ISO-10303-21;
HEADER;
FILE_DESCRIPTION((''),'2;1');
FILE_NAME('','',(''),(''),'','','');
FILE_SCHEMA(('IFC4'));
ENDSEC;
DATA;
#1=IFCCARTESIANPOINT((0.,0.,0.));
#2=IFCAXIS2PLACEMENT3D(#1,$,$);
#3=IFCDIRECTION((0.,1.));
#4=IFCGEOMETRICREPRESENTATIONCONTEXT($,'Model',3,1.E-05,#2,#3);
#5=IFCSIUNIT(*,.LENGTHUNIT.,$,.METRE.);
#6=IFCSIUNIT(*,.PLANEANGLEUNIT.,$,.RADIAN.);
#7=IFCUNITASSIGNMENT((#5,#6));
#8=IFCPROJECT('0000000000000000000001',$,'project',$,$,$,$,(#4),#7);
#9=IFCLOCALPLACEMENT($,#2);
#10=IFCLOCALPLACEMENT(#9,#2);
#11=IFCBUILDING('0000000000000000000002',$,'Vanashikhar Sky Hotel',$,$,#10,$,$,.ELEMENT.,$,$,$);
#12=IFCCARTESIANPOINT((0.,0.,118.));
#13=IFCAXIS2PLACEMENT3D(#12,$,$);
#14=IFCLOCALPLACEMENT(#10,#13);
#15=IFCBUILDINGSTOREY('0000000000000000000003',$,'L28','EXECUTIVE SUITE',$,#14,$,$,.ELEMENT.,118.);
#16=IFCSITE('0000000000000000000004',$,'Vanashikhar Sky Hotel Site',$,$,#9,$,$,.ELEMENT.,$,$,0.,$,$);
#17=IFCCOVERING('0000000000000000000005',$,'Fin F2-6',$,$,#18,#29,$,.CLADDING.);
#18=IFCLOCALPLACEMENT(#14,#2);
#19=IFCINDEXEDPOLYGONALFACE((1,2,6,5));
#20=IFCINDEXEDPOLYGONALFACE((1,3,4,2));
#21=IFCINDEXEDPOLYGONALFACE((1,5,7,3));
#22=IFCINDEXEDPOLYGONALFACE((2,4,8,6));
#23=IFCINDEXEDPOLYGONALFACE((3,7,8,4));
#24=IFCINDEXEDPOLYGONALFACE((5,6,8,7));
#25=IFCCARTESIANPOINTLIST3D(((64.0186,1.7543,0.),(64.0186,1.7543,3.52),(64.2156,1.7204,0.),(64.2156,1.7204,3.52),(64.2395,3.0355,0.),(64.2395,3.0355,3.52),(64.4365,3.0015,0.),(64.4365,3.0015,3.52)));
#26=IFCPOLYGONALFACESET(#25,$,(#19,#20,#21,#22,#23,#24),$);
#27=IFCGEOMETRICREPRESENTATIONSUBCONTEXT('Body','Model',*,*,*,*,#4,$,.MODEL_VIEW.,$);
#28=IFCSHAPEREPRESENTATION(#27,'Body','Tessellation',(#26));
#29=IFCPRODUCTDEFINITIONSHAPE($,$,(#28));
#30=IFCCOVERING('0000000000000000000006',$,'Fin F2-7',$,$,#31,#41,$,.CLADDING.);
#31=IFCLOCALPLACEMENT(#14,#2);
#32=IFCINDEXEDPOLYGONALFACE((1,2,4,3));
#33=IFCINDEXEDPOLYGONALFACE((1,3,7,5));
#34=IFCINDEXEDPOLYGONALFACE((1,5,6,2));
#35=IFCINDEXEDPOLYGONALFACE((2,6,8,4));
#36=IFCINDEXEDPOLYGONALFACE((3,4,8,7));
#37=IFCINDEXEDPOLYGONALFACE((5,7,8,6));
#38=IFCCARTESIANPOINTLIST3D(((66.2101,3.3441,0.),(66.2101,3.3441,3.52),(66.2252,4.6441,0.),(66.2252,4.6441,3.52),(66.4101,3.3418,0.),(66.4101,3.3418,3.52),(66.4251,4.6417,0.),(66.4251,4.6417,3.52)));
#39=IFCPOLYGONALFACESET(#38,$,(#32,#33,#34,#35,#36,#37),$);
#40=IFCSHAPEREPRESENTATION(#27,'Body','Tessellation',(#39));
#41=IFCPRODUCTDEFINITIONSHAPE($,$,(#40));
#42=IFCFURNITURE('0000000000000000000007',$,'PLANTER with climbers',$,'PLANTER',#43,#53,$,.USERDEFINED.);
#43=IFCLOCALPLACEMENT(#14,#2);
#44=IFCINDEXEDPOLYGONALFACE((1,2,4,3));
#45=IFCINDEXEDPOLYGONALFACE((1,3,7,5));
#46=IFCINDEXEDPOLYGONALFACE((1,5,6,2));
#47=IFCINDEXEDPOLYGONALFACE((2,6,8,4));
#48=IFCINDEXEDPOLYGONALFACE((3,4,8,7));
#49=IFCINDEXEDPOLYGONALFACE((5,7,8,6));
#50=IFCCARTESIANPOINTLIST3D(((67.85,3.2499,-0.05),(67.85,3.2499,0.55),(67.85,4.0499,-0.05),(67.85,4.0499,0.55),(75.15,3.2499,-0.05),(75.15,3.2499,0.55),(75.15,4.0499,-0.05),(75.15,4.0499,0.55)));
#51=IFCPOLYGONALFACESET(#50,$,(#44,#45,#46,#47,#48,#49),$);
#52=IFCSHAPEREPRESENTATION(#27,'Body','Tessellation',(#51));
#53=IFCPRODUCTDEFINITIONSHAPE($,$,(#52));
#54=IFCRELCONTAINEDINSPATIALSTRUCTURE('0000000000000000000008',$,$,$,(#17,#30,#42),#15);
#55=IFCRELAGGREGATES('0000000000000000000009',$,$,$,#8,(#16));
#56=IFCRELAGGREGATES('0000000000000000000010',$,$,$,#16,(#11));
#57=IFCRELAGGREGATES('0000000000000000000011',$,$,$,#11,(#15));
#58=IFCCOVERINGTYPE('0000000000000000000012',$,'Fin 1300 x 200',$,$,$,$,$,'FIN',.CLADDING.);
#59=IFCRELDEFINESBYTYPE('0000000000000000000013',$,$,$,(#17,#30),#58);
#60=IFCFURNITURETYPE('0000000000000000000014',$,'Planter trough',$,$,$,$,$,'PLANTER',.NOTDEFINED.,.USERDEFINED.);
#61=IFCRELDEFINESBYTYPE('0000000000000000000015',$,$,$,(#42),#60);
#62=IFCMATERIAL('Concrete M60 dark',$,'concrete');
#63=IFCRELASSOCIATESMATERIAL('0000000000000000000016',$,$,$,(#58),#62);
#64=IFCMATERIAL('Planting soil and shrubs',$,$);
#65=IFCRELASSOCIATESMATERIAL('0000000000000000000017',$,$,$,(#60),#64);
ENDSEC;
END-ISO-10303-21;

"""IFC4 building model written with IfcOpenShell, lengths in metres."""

from ifc_helpers import new_model, si_unit, direction, frame, origin, origin_2d, place, context, subcontext, project, spatial, rectangle, extrude, source, transform, mapped, material, material_profile, profile_set, type_object, element, save


model = new_model("IFC4")

# Units and contexts
model_context = context("Model", 3, precision=1e-05, world=origin(), true_north=direction((0.0, 1.0)))
body_context = subcontext(model_context, "Body", "Model", "MODEL_VIEW")
ifc_project = project(units=[si_unit("LENGTHUNIT", "METRE"), si_unit("PLANEANGLEUNIT", "RADIAN")], contexts=[model_context])

# Site, building, storey
site_placement = place(None, origin())
site = spatial("IfcSite", under=ifc_project, at=site_placement, Name="Vanashikhar Sky Hotel Site", CompositionType="ELEMENT", RefElevation=0.0)
building_placement = place(site_placement, origin())
building = spatial("IfcBuilding", under=site, at=building_placement, Name="Vanashikhar Sky Hotel", CompositionType="ELEMENT")
storey_placement = place(building_placement, frame((0.0, 0.0, 118.0)))
storey = spatial("IfcBuildingStorey", under=building, at=storey_placement, Name="L28", Description="EXECUTIVE SUITE", CompositionType="ELEMENT", Elevation=118.0)

# Coverings
ifc_material_1 = material(Name="Concrete M60 dark", Category="concrete")
ifc_material_profile = material_profile(ifc_material_1, rectangle(XDim=1.3, YDim=0.2, at=origin_2d()))
ifc_profile_set = profile_set([ifc_material_profile], Name="Fin 1300 x 200")
covering_type_1 = type_object("IfcCoveringType", Name="Fin 1300 x 200", ElementType="FIN", PredefinedType="CLADDING", material=ifc_profile_set)
shared_shape_1 = source(origin(), body_context, "Body", "SweptSolid", [
    extrude(rectangle(XDim=1.3, YDim=0.2, at=origin_2d()), origin(), (0.0, 0.0, 1.0), 3.52),
])
for number, where, z_axis, x_axis, name in (
    (1, (64.2275, 2.3779, 0.0), (0.0, 0.0, 1.0), (-0.1699, -0.985461, 0.0), "Fin F2-6"),
    (2, (66.3176, 3.9929, 0.0), (0.0, 0.0, 1.0), (-0.011589, -0.999933, 0.0), "Fin F2-7"),
):
    element("IfcCovering", number, at=place(storey_placement, frame(where, z_axis=z_axis, x_axis=x_axis)), inside=storey, type_object=covering_type_1, Name=name, PredefinedType="CLADDING", context=body_context, shape_type="MappedRepresentation", body=[
        mapped(shared_shape_1, transform((0.0, 0.0, 0.0), scale=1.0)),
    ])

# Furniture
ifc_material_2 = material(Name="Planting soil and shrubs")
furniture_type = type_object("IfcFurnitureType", Name="Planter trough", ElementType="PLANTER", AssemblyPlace="NOTDEFINED", PredefinedType="USERDEFINED", material=ifc_material_2)
shared_shape_2 = source(origin(), body_context, "Body", "SweptSolid", [
    extrude(rectangle(XDim=7.3, YDim=0.8, at=origin_2d()), origin(), (0.0, 0.0, 1.0), 0.6001),
])
furniture_placement = place(storey_placement, frame((71.5, 3.6499, -0.05), z_axis=(0.0, 0.0, 1.0), x_axis=(1.0, 0.0, 0.0)))
element("IfcFurniture", 3, at=furniture_placement, inside=storey, type_object=furniture_type, Name="PLANTER with climbers", ObjectType="PLANTER", PredefinedType="USERDEFINED", context=body_context, shape_type="MappedRepresentation", body=[
    mapped(shared_shape_2, transform((0.0, 0.0, 0.0), scale=1.0)),
])

save(model, "model.ifc")
